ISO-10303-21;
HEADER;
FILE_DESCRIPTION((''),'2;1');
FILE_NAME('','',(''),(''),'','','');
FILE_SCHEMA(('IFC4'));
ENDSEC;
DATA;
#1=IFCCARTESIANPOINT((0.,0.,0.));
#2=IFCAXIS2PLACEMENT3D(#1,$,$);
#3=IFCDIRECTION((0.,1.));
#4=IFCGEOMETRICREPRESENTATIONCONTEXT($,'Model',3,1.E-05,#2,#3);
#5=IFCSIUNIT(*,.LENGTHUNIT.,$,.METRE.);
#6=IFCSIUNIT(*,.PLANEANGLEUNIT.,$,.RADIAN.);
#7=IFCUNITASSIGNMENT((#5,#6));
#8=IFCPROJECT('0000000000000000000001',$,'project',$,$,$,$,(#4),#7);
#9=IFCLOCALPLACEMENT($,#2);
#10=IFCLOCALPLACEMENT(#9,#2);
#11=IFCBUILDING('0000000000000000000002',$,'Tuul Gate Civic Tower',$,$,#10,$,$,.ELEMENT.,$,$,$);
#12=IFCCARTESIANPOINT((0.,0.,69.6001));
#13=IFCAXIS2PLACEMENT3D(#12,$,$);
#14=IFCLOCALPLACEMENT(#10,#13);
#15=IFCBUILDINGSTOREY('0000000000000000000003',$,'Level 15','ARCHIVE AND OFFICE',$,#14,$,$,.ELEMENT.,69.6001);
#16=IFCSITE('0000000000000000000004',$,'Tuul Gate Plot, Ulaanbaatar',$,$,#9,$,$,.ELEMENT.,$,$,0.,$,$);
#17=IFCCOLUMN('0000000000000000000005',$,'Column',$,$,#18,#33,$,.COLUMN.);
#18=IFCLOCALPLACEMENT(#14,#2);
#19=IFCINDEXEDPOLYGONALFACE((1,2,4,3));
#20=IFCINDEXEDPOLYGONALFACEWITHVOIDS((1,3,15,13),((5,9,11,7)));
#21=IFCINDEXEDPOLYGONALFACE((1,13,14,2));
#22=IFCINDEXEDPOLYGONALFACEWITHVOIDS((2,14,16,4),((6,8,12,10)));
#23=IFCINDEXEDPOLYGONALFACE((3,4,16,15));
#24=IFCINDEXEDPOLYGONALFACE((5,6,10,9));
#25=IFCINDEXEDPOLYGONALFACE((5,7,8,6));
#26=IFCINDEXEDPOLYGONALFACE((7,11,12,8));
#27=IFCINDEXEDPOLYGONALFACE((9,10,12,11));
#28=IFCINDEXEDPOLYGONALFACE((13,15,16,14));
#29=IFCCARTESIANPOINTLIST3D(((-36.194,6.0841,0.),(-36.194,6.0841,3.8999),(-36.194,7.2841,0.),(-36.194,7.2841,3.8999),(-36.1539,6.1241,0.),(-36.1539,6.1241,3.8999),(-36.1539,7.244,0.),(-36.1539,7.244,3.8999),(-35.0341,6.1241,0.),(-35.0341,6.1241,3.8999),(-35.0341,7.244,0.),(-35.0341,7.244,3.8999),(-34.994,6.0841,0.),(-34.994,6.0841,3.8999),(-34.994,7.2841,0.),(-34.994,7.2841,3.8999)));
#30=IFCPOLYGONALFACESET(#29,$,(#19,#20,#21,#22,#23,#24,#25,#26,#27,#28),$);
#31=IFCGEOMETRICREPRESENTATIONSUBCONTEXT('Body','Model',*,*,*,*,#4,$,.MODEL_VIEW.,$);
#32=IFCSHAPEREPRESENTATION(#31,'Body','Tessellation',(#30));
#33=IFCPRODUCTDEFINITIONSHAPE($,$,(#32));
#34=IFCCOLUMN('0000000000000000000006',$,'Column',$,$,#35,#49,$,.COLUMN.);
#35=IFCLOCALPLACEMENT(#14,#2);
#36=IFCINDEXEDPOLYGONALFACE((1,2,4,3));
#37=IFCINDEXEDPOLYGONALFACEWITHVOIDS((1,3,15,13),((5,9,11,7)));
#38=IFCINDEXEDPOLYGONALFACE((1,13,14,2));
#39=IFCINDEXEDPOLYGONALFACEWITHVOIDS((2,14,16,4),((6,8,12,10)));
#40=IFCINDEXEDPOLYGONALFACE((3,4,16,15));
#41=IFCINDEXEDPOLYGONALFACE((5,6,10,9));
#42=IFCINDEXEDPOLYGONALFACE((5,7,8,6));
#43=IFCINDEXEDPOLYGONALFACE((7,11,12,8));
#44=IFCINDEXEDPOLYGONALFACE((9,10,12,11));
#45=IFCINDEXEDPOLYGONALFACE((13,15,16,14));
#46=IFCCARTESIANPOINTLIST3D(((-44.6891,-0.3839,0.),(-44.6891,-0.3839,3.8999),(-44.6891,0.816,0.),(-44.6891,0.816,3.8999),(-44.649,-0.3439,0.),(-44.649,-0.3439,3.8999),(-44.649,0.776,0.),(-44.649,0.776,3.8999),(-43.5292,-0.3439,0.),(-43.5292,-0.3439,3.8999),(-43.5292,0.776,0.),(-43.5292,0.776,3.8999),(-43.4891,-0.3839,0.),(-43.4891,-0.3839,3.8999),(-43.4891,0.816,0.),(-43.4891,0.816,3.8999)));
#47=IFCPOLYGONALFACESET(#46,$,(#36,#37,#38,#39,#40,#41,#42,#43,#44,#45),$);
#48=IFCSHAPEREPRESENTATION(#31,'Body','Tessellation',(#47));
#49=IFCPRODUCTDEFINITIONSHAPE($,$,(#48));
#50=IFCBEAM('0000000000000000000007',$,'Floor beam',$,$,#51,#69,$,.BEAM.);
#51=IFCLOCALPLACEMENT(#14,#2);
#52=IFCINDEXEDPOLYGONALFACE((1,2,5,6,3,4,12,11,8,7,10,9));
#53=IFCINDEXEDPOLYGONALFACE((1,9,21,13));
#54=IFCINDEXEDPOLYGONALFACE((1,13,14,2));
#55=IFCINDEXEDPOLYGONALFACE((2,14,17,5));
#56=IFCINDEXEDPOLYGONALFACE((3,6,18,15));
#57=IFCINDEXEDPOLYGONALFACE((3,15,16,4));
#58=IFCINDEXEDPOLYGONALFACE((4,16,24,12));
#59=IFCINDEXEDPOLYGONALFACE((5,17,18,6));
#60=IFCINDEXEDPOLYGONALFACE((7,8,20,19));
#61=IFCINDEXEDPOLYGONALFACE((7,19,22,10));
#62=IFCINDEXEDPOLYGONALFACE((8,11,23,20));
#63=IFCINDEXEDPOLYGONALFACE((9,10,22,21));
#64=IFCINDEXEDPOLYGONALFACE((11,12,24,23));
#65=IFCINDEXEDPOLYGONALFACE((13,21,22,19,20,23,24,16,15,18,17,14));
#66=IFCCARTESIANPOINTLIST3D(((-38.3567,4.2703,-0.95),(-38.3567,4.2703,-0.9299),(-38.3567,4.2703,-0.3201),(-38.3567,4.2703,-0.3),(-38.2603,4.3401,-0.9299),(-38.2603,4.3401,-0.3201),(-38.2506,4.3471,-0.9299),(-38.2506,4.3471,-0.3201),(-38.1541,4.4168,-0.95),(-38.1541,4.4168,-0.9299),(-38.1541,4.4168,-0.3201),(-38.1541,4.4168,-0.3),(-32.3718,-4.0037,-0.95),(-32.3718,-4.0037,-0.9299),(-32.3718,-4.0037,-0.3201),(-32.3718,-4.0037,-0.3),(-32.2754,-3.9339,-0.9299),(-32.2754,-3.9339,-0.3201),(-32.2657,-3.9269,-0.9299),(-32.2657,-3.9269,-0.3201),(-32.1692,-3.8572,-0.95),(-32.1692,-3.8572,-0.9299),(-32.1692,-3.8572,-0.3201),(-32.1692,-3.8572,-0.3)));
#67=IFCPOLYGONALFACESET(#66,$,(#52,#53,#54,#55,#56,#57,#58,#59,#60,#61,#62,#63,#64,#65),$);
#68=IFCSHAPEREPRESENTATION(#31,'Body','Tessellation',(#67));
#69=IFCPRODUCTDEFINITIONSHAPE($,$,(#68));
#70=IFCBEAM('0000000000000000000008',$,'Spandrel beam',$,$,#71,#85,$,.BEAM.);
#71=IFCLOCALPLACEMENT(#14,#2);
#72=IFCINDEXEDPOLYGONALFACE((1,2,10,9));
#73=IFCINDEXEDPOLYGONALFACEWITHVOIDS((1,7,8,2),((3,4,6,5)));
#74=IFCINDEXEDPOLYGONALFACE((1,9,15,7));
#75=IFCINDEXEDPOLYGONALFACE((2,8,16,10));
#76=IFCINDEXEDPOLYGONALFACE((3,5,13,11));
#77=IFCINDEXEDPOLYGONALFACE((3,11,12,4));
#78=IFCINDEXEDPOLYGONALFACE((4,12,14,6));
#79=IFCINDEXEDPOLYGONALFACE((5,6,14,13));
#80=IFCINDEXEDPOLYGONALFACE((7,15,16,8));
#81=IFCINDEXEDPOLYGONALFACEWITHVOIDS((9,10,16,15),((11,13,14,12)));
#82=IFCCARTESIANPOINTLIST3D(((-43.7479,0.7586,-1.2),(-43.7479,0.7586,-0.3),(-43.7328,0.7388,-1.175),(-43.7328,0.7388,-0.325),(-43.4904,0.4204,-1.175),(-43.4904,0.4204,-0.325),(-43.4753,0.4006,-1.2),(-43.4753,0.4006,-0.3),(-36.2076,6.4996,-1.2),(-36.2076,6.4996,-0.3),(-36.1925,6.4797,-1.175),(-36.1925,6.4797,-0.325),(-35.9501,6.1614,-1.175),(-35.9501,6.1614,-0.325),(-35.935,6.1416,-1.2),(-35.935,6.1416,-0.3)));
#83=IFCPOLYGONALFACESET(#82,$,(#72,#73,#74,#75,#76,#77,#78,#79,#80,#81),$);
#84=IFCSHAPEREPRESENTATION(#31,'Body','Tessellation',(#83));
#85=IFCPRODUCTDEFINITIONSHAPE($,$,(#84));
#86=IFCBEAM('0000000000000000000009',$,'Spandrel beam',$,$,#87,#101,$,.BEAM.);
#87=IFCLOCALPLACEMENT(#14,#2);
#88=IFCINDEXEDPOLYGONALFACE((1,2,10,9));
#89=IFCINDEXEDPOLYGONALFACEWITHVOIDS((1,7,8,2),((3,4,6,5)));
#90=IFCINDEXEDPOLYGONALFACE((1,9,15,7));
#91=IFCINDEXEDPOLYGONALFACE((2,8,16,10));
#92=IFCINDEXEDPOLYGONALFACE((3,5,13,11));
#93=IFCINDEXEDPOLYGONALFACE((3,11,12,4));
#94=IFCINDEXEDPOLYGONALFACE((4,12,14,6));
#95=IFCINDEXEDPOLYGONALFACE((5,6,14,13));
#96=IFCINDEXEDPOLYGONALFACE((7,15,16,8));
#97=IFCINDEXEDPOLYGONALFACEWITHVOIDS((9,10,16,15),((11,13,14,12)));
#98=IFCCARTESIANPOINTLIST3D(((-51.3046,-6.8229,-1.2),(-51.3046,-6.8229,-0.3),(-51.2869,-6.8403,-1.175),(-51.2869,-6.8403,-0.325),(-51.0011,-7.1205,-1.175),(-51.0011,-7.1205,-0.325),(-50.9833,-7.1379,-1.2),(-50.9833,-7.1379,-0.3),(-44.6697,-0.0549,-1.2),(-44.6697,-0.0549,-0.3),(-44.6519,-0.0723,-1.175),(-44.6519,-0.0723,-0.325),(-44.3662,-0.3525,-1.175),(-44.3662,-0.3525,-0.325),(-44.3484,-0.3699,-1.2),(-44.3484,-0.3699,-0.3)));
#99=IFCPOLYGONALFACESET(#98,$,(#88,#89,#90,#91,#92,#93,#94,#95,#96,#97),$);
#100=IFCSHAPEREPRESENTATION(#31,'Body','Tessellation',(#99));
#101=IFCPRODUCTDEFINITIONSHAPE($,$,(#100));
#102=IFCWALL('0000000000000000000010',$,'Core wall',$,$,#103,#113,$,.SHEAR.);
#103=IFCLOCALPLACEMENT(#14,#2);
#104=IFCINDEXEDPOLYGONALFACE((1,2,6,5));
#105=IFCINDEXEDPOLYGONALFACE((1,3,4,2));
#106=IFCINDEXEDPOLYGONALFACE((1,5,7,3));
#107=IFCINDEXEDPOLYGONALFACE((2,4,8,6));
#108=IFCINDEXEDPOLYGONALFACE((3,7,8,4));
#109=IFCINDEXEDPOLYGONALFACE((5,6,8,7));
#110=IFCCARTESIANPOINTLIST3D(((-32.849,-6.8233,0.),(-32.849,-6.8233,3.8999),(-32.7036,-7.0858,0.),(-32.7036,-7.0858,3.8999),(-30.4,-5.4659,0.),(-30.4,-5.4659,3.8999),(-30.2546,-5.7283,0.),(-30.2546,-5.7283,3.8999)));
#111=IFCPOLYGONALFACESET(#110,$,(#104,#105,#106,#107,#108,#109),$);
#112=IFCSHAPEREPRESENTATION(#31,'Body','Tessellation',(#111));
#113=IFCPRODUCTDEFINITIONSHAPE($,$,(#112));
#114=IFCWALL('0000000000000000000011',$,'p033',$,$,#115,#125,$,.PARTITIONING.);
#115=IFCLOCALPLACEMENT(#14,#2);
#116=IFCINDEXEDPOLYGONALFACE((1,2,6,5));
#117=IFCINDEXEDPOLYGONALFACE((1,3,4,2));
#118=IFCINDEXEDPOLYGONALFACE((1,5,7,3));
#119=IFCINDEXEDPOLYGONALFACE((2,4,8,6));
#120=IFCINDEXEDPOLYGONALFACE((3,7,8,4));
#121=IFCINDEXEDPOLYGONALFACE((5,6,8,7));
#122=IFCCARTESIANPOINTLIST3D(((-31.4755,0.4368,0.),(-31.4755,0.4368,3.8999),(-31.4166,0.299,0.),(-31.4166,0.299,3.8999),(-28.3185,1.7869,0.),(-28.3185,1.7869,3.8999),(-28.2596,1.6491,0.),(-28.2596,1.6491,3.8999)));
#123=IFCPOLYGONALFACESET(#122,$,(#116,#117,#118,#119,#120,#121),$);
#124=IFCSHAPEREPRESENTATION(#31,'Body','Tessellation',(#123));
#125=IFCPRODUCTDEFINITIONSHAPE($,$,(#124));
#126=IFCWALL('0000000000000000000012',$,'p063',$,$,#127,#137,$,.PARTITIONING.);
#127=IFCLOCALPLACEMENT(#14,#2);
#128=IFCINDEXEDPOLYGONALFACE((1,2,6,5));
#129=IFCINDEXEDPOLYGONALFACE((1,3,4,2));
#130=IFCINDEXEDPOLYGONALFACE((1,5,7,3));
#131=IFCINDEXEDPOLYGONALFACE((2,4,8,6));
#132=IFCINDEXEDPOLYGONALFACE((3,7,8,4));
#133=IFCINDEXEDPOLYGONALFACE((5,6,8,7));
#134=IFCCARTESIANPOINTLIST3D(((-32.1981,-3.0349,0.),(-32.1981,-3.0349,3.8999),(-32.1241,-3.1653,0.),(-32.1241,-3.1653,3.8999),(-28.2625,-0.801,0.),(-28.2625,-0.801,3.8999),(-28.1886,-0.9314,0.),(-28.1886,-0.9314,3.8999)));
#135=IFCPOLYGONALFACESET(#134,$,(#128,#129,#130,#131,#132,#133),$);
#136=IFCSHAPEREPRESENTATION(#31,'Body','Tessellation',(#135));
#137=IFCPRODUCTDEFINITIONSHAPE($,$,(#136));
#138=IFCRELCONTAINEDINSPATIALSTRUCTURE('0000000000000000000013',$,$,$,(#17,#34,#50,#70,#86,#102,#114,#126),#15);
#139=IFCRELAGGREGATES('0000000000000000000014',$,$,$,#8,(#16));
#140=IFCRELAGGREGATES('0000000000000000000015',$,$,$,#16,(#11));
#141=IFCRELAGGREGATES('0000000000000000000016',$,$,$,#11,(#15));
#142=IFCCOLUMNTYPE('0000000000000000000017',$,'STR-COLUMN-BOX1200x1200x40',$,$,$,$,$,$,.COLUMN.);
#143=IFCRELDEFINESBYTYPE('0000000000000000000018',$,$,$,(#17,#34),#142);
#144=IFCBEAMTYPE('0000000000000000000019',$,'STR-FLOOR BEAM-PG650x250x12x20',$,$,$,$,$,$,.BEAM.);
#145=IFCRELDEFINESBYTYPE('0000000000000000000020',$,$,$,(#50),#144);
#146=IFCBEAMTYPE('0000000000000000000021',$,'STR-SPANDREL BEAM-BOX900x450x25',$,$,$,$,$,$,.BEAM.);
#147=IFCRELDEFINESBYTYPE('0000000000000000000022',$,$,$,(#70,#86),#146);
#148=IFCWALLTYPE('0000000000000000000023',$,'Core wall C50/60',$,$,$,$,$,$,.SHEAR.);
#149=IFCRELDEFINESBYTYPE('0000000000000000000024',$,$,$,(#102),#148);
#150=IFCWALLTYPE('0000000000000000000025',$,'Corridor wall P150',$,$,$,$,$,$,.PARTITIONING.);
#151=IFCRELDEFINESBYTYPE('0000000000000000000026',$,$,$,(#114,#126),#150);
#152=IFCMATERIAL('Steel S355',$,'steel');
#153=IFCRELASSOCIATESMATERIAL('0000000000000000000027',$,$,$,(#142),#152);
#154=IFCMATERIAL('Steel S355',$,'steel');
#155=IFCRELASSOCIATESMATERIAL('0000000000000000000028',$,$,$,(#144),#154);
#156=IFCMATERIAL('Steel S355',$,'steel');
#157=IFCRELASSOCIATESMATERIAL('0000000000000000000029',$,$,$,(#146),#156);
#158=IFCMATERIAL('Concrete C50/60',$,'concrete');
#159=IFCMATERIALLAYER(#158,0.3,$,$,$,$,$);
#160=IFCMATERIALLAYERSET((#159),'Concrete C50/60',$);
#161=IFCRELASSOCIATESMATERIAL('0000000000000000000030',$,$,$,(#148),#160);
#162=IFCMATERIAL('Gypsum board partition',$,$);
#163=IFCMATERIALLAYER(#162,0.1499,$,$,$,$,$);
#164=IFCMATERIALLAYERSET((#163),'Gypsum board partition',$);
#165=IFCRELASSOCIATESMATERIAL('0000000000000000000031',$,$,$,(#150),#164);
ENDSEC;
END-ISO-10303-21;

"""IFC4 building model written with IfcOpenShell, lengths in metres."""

from ifc_helpers import new_model, si_unit, direction, frame, frame_2d, origin, origin_2d, place, context, subcontext, project, spatial, rectangle, hollow_rectangle, i_section, extrude, material, layer, layer_set, material_profile, profile_set, type_object, element, save


model = new_model("IFC4")

# Units and contexts
model_context = context("Model", 3, precision=1e-05, world=origin(), true_north=direction((0.0, 1.0)))
body_context = subcontext(model_context, "Body", "Model", "MODEL_VIEW")
ifc_project = project(units=[si_unit("LENGTHUNIT", "METRE"), si_unit("PLANEANGLEUNIT", "RADIAN")], contexts=[model_context])

# Site, building, storey
site_placement = place(None, origin())
site = spatial("IfcSite", under=ifc_project, at=site_placement, Name="Tuul Gate Plot, Ulaanbaatar", CompositionType="ELEMENT", RefElevation=0.0)
building_placement = place(site_placement, origin())
building = spatial("IfcBuilding", under=site, at=building_placement, Name="Tuul Gate Civic Tower", CompositionType="ELEMENT")
storey_placement = place(building_placement, frame((0.0, 0.0, 69.6001)))
storey = spatial("IfcBuildingStorey", under=building, at=storey_placement, Name="Level 15", Description="ARCHIVE AND OFFICE", CompositionType="ELEMENT", Elevation=69.6001)

# Columns
ifc_material_1 = material(Name="Steel S355", Category="steel")
ifc_material_profile_1 = material_profile(ifc_material_1, hollow_rectangle(XDim=1.2, YDim=1.2, WallThickness=0.04, at=origin_2d()), Name="BOX1200x1200x40")
ifc_profile_set_1 = profile_set([ifc_material_profile_1], Name="Steel S355")
column_type = type_object("IfcColumnType", Name="STR-COLUMN-BOX1200x1200x40", PredefinedType="COLUMN", material=ifc_profile_set_1)
for number, where, z_axis, x_axis, name in (
    (1, (-35.594, 6.6841, 0.0), (0.0, 0.0, 1.0), (1.0, 0.0, 0.0), "Column"),
    (2, (-44.0891, 0.2161, 0.0), (0.0, 0.0, 1.0), (1.0, 0.0, 0.0), "Column"),
):
    element("IfcColumn", number, at=place(storey_placement, frame(where, z_axis=z_axis, x_axis=x_axis)), inside=storey, type_object=column_type, Name=name, PredefinedType="COLUMN", context=body_context, shape_type="SweptSolid", body=[
        extrude(hollow_rectangle(XDim=1.2, YDim=1.2, WallThickness=0.04, at=origin_2d()), origin(), (0.0, 0.0, 1.0), 3.8999),
    ])

# Beams
ifc_material_2 = material(Name="Steel S355", Category="steel")
ifc_material_profile_2 = material_profile(ifc_material_2, i_section(OverallWidth=0.25, OverallDepth=0.6499, WebThickness=0.012, FlangeThickness=0.02, at=origin_2d()), Name="PG650x250x12x20")
ifc_profile_set_2 = profile_set([ifc_material_profile_2], Name="Steel S355")
beam_type_1 = type_object("IfcBeamType", Name="STR-FLOOR BEAM-PG650x250x12x20", PredefinedType="BEAM", material=ifc_profile_set_2)
beam_1_placement = place(storey_placement, frame((-32.2705, -3.9304, -0.625), z_axis=(-0.586086, 0.810249, 0.0), x_axis=(-0.810249, -0.586086, 0.0)))
element("IfcBeam", 3, at=beam_1_placement, inside=storey, type_object=beam_type_1, Name="Floor beam", PredefinedType="BEAM", context=body_context, shape_type="SweptSolid", body=[
    extrude(i_section(OverallWidth=0.25, OverallDepth=0.6499, WebThickness=0.012, FlangeThickness=0.02, at=origin_2d()), origin(), (0.0, 0.0, 1.0), 10.2117),
])
ifc_material_3 = material(Name="Steel S355", Category="steel")
ifc_material_profile_3 = material_profile(ifc_material_3, hollow_rectangle(XDim=0.45, YDim=0.8999, WallThickness=0.0249, at=origin_2d()), Name="BOX900x450x25")
ifc_profile_set_3 = profile_set([ifc_material_profile_3], Name="Steel S355")
beam_type_2 = type_object("IfcBeamType", Name="STR-SPANDREL BEAM-BOX900x450x25", PredefinedType="BEAM", material=ifc_profile_set_3)
beam_2_placement = place(storey_placement, frame((-36.0713, 6.3206, -0.75), z_axis=(-0.795636, -0.605775, 0.0), x_axis=(0.605775, -0.795636, 0.0)))
element("IfcBeam", 4, at=beam_2_placement, inside=storey, type_object=beam_type_2, Name="Spandrel beam", PredefinedType="BEAM", context=body_context, shape_type="SweptSolid", body=[
    extrude(hollow_rectangle(XDim=0.45, YDim=0.8999, WallThickness=0.0249, at=origin_2d()), origin(), (0.0, 0.0, 1.0), 9.4771),
])
beam_3_placement = place(storey_placement, frame((-44.509, -0.2124, -0.75), z_axis=(-0.700053, -0.714091, 0.0), x_axis=(0.714091, -0.700053, 0.0)))
element("IfcBeam", 5, at=beam_3_placement, inside=storey, type_object=beam_type_2, Name="Spandrel beam", PredefinedType="BEAM", context=body_context, shape_type="SweptSolid", body=[
    extrude(hollow_rectangle(XDim=0.45, YDim=0.8999, WallThickness=0.0249, at=origin_2d()), origin(), (0.0, 0.0, 1.0), 9.4778),
])

# Walls
ifc_material_4 = material(Name="Concrete C50/60", Category="concrete")
ifc_layer_1 = layer(ifc_material_4, 0.3)
ifc_layer_set_1 = layer_set([ifc_layer_1], Name="Concrete C50/60")
wall_type_1 = type_object("IfcWallType", Name="Core wall C50/60", PredefinedType="SHEAR", material=ifc_layer_set_1)
wall_1_placement = place(storey_placement, frame((-30.3274, -5.5972, 0.0), z_axis=(0.0, 0.0, 1.0), x_axis=(-0.87463, -0.484791, 0.0)))
element("IfcWall", 6, at=wall_1_placement, inside=storey, type_object=wall_type_1, Name="Core wall", PredefinedType="SHEAR", context=body_context, shape_type="SweptSolid", body=[
    extrude(rectangle(XDim=2.8, YDim=0.3, at=frame_2d((1.3999, 0.0))), origin(), (0.0, 0.0, 1.0), 3.8999),
])
ifc_material_5 = material(Name="Gypsum board partition")
ifc_layer_2 = layer(ifc_material_5, 0.1499)
ifc_layer_set_2 = layer_set([ifc_layer_2], Name="Gypsum board partition")
wall_type_2 = type_object("IfcWallType", Name="Corridor wall P150", PredefinedType="PARTITIONING", material=ifc_layer_set_2)
wall_2_placement = place(storey_placement, frame((-31.446, 0.3679, 0.0), z_axis=(0.0, 0.0, 1.0), x_axis=(0.91945, 0.393207, 0.0)))
element("IfcWall", 7, at=wall_2_placement, inside=storey, type_object=wall_type_2, Name="p033", PredefinedType="PARTITIONING", context=body_context, shape_type="SweptSolid", body=[
    extrude(rectangle(XDim=3.4336, YDim=0.1499, at=frame_2d((1.7168, 0.0))), origin(), (0.0, 0.0, 1.0), 3.8999),
])
wall_3_placement = place(storey_placement, frame((-32.1611, -3.1001, 0.0), z_axis=(0.0, 0.0, 1.0), x_axis=(0.869667, 0.493639, 0.0)))
element("IfcWall", 8, at=wall_3_placement, inside=storey, type_object=wall_type_2, Name="p063", PredefinedType="PARTITIONING", context=body_context, shape_type="SweptSolid", body=[
    extrude(rectangle(XDim=4.5254, YDim=0.1499, at=frame_2d((2.2627, 0.0))), origin(), (0.0, 0.0, 1.0), 3.8999),
])

save(model, "model.ifc")
